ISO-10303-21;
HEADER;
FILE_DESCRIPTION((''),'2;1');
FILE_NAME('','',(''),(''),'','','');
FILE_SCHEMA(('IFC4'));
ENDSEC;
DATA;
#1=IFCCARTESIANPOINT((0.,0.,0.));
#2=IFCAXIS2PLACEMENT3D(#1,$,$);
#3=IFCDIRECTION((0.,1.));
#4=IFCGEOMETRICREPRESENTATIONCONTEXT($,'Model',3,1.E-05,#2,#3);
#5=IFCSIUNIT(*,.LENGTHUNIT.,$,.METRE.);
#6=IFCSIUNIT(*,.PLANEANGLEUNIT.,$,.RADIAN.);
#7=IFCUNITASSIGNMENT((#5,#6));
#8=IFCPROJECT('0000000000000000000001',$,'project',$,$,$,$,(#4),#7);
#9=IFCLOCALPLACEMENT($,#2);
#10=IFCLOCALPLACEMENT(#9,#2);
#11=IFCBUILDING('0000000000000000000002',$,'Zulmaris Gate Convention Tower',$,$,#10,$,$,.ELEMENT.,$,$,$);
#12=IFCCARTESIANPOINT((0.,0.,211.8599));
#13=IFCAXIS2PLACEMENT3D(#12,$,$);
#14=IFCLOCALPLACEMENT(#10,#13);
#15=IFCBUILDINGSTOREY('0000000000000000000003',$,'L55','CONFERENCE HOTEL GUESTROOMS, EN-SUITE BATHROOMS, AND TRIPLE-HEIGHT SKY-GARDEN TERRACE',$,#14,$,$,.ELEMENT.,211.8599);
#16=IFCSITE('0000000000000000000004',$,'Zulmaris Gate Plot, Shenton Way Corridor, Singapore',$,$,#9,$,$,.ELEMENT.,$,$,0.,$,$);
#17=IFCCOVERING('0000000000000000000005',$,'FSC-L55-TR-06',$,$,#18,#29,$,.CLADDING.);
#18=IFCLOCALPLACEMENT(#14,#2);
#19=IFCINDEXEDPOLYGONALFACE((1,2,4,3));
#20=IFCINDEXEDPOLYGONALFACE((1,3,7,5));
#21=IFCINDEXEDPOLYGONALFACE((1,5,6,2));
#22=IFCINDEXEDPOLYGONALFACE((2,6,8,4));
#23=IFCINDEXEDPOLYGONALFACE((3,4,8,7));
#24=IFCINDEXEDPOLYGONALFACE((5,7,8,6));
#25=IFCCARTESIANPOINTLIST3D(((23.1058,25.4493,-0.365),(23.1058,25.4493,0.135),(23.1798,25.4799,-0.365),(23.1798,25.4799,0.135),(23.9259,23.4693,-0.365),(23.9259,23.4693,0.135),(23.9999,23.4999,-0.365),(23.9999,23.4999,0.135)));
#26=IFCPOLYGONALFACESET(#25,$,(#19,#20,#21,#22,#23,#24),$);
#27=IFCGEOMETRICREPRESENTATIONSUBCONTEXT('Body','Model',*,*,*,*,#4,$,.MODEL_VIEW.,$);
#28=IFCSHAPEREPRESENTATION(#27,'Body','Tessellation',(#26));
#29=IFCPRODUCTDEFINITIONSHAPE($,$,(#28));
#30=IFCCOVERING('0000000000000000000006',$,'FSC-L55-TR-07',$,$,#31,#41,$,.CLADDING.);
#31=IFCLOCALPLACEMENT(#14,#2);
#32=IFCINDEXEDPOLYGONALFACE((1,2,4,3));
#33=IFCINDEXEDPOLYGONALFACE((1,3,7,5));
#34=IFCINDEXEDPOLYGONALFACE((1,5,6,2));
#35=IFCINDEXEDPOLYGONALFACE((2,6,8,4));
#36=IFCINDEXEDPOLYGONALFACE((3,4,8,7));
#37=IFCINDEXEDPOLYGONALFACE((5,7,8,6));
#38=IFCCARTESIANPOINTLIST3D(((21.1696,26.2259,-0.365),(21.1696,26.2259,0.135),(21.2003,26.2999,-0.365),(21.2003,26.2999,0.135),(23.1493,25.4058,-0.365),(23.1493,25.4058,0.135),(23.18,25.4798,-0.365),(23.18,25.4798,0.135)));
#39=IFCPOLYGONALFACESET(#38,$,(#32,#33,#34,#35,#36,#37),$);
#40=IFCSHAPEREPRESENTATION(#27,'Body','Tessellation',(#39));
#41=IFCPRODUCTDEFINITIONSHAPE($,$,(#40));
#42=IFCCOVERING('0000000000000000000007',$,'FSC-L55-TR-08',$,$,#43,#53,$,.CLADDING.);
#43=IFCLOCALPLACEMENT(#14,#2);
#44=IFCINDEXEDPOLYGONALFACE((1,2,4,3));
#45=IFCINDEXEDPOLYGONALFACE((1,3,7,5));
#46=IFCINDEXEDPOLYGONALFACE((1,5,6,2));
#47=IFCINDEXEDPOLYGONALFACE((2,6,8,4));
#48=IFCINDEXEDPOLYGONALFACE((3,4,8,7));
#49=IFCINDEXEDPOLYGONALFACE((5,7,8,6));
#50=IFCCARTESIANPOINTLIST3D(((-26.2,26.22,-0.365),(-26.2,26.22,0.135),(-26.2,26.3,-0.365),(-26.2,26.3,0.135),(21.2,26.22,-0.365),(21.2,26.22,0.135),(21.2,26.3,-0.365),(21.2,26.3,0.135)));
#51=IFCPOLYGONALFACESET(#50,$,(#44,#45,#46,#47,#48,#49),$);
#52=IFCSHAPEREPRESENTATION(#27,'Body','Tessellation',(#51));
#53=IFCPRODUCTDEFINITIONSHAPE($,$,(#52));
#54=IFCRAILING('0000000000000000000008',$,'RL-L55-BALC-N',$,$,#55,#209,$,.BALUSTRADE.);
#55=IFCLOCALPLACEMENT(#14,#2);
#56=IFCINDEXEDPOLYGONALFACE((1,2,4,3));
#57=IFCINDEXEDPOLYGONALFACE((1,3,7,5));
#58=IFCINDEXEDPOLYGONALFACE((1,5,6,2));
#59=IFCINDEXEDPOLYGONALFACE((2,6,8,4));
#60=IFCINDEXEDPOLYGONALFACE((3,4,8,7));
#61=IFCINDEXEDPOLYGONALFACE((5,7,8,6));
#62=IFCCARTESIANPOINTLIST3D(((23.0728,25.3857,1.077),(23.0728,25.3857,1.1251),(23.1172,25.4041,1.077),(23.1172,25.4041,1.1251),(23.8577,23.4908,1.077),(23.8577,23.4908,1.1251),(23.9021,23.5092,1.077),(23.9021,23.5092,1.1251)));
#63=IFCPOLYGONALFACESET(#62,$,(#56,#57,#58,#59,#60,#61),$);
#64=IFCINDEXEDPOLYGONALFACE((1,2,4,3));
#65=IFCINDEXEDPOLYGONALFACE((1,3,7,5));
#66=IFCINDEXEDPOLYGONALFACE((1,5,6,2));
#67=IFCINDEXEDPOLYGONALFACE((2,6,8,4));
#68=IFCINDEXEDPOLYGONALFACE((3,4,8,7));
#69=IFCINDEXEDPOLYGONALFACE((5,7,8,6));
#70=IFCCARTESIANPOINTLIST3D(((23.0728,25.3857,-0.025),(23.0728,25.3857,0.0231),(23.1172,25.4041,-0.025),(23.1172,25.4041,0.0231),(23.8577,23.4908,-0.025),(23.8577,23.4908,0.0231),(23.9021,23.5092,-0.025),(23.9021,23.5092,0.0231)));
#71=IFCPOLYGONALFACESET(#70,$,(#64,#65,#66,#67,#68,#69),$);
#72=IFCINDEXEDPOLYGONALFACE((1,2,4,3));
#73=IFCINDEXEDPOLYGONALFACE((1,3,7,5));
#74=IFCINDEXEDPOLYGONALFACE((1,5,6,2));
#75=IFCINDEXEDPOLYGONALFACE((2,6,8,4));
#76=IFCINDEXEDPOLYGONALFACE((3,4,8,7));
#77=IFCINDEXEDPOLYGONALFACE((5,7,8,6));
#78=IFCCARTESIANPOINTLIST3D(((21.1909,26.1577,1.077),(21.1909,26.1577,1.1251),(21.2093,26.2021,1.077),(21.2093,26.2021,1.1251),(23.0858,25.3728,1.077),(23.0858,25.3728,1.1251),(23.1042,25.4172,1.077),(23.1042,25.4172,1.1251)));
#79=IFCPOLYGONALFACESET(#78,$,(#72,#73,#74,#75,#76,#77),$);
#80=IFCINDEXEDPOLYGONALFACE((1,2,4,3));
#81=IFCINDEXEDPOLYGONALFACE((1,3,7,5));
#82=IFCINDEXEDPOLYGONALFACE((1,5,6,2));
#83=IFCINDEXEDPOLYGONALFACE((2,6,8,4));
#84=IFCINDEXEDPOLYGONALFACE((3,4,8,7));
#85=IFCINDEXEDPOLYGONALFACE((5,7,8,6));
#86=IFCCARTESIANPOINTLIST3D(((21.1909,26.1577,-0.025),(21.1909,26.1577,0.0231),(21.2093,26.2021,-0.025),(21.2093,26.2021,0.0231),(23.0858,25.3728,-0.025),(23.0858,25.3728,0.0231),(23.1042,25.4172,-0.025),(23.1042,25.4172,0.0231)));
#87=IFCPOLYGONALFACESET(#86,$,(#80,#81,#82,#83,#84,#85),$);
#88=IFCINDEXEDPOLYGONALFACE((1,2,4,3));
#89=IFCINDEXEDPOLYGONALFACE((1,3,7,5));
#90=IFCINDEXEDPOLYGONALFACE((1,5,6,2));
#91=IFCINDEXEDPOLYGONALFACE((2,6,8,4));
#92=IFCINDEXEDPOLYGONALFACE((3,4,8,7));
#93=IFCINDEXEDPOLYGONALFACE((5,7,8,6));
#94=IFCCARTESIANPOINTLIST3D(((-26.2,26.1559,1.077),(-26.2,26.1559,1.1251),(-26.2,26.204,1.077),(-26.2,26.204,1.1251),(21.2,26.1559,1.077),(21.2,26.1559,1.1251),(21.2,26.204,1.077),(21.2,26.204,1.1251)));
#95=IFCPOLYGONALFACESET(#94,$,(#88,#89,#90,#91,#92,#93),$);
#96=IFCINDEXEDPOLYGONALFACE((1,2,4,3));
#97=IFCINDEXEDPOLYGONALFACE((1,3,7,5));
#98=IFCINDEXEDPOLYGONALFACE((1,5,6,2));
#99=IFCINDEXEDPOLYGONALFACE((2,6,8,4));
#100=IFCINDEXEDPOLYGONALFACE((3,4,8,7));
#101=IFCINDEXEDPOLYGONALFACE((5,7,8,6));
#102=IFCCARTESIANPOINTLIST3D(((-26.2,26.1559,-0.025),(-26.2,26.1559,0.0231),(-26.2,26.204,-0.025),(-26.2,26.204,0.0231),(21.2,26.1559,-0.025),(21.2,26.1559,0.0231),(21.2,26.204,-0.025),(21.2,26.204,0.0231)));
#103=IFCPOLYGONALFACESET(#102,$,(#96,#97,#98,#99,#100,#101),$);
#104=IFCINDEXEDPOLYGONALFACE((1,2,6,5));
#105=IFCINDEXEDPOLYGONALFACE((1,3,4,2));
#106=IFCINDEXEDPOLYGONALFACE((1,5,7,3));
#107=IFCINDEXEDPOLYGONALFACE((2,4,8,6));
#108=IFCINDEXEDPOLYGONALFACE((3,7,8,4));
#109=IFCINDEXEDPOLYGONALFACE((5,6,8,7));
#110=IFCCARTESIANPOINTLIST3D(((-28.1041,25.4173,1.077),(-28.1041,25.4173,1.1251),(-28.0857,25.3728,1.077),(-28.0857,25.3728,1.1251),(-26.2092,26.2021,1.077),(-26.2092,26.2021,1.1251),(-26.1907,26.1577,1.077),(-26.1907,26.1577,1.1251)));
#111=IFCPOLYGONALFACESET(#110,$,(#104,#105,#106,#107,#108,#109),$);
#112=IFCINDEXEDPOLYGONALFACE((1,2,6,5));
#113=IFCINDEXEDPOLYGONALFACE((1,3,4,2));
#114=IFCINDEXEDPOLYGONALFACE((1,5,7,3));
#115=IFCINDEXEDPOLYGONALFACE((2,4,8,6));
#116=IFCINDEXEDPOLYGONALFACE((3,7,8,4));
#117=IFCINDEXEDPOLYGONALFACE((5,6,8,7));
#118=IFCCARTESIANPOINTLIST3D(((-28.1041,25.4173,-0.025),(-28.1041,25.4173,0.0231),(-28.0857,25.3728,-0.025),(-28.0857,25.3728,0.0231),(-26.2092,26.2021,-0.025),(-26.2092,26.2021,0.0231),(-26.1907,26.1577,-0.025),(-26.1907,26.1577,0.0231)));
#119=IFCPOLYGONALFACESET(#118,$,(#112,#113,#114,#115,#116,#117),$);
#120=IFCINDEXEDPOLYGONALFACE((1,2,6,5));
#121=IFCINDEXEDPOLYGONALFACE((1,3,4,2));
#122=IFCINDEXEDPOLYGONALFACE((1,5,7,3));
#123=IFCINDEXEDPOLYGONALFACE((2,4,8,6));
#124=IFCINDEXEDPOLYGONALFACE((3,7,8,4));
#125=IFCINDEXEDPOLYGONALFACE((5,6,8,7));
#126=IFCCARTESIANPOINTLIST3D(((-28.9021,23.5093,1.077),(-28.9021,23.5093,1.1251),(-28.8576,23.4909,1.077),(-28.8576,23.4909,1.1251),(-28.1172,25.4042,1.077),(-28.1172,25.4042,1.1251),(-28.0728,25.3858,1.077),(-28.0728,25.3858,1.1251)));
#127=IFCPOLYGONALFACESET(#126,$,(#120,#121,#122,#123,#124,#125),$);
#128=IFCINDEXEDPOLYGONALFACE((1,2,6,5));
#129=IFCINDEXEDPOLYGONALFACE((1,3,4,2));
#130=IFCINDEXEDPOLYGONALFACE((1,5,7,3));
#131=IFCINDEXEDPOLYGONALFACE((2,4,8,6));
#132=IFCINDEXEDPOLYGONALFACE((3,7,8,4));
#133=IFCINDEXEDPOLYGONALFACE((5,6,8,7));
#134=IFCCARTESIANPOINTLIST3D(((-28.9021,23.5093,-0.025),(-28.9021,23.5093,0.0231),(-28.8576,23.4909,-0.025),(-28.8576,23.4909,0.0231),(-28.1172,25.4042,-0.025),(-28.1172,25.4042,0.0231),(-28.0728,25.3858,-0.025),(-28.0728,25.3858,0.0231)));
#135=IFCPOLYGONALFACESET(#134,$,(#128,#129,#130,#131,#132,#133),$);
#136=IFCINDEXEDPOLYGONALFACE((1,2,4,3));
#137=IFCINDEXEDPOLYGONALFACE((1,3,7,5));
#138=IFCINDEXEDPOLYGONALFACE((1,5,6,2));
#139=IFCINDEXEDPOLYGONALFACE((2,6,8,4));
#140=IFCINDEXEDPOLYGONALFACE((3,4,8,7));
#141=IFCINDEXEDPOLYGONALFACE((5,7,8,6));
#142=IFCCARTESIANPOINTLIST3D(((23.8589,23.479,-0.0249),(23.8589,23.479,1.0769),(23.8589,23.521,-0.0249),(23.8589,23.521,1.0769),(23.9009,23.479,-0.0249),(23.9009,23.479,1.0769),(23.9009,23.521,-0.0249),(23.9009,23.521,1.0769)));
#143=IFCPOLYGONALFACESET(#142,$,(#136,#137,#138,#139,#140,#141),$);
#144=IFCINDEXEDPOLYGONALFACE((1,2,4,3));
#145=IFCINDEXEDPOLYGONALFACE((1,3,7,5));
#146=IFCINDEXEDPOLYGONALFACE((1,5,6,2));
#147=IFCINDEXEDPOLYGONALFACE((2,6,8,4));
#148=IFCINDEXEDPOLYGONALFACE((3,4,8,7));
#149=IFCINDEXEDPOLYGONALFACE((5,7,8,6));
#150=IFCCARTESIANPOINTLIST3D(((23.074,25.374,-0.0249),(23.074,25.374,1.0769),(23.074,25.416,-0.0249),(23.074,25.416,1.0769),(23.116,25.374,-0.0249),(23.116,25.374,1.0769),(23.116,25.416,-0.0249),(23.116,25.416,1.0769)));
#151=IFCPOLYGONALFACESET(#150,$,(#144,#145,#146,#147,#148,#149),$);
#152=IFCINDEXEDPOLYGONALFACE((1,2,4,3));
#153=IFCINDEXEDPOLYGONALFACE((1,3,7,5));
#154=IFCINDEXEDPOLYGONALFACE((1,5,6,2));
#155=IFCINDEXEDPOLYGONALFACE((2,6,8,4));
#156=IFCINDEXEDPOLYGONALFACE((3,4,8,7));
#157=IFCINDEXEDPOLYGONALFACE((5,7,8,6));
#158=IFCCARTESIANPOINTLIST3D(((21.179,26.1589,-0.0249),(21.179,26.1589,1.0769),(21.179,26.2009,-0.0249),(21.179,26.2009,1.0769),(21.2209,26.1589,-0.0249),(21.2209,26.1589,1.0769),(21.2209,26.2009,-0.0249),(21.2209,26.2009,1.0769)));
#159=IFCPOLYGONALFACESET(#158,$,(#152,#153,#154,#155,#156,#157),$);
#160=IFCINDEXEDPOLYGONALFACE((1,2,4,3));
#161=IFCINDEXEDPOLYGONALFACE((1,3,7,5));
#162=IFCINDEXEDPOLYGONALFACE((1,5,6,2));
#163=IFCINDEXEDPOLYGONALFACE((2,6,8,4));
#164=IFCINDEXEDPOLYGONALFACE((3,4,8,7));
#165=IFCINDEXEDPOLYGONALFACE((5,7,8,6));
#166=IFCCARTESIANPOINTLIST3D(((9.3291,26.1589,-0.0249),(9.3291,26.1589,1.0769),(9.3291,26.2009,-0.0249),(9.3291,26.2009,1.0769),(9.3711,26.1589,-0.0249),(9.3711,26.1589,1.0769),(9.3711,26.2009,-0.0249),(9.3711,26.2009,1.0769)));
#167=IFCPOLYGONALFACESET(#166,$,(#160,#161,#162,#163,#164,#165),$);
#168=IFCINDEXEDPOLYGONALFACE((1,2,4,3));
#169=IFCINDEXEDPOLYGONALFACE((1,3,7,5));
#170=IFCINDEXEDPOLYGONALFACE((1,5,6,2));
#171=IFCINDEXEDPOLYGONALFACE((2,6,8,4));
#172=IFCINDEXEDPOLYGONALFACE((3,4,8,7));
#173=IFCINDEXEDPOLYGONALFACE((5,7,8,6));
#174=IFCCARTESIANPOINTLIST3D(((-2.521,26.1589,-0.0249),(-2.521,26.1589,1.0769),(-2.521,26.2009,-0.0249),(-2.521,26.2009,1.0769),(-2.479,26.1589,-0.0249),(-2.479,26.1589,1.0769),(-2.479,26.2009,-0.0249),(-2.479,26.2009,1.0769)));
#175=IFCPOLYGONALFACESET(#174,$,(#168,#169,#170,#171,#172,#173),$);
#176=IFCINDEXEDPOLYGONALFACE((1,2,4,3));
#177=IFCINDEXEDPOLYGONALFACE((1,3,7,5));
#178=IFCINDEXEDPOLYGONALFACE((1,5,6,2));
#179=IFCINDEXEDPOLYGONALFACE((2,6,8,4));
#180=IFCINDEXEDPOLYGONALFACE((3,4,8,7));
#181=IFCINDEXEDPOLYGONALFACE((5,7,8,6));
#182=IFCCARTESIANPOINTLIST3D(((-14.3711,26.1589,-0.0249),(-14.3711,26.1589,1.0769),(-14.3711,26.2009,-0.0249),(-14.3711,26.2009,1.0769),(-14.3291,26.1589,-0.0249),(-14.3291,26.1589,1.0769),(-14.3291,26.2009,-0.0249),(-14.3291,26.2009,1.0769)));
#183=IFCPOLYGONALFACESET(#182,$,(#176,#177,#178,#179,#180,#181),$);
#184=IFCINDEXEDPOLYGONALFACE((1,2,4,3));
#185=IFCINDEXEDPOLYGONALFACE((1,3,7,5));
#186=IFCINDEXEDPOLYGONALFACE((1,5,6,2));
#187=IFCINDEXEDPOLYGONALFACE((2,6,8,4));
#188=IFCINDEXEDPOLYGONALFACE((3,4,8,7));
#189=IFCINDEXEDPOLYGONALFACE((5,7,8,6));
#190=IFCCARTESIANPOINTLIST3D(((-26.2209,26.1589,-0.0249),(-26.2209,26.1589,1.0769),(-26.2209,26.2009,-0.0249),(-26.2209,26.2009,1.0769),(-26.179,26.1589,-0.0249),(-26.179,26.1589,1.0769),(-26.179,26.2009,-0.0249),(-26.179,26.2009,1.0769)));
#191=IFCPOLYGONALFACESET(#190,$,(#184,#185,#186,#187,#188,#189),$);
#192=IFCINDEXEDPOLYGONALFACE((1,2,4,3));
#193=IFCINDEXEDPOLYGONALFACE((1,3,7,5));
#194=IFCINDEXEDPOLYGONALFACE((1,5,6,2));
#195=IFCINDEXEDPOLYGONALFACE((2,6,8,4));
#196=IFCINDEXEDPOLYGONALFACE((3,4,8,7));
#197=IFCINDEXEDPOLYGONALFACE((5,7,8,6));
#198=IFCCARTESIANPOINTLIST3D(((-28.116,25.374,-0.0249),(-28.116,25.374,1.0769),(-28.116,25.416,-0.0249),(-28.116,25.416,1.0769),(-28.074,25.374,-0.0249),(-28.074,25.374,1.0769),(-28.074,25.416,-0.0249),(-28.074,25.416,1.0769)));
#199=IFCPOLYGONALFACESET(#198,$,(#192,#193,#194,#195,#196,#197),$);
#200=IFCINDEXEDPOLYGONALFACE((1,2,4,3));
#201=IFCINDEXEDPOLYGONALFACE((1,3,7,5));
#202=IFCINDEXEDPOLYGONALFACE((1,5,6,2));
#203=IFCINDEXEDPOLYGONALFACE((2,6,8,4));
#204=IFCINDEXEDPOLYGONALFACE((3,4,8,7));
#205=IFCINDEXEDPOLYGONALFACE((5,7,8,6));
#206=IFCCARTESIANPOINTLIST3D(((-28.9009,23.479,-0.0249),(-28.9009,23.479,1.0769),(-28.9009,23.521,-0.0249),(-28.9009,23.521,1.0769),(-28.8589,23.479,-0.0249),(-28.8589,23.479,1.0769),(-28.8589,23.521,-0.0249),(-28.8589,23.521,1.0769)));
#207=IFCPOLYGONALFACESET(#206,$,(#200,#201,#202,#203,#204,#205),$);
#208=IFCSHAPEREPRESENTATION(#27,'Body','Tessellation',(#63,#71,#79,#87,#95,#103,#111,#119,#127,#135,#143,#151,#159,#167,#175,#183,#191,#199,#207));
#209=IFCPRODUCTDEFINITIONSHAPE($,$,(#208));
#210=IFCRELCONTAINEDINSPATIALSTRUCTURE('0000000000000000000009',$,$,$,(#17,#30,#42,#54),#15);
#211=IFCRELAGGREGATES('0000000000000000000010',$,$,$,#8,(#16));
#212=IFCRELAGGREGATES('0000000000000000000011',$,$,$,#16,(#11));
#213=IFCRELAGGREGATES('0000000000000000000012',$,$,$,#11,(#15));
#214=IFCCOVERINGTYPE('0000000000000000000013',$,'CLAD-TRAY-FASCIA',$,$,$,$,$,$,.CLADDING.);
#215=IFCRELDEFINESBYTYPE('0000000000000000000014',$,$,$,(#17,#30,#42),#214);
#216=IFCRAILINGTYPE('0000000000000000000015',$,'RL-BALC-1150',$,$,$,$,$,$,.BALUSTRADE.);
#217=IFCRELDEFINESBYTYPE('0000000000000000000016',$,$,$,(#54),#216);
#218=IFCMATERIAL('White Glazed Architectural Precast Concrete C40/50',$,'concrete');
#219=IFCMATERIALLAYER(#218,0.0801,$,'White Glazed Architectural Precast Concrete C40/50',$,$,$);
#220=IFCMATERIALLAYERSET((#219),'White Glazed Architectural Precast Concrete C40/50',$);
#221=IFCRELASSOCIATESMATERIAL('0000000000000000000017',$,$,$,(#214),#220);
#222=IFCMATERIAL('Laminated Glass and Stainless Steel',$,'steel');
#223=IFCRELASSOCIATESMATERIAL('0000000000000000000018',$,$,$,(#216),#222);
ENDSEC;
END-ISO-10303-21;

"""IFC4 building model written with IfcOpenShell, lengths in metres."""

from ifc_helpers import new_model, si_unit, direction, frame, frame_2d, origin, origin_2d, place, context, subcontext, project, spatial, rectangle, extrude, material, layer, layer_set, type_object, element, save


model = new_model("IFC4")

# Units and contexts
model_context = context("Model", 3, precision=1e-05, world=origin(), true_north=direction((0.0, 1.0)))
body_context = subcontext(model_context, "Body", "Model", "MODEL_VIEW")
ifc_project = project(units=[si_unit("LENGTHUNIT", "METRE"), si_unit("PLANEANGLEUNIT", "RADIAN")], contexts=[model_context])

# Site, building, storey
site_placement = place(None, origin())
site = spatial("IfcSite", under=ifc_project, at=site_placement, Name="Zulmaris Gate Plot, Shenton Way Corridor, Singapore", CompositionType="ELEMENT", RefElevation=0.0)
building_placement = place(site_placement, origin())
building = spatial("IfcBuilding", under=site, at=building_placement, Name="Zulmaris Gate Convention Tower", CompositionType="ELEMENT")
storey_placement = place(building_placement, frame((0.0, 0.0, 211.8599)))
storey = spatial("IfcBuildingStorey", under=building, at=storey_placement, Name="L55", Description="CONFERENCE HOTEL GUESTROOMS, EN-SUITE BATHROOMS, AND TRIPLE-HEIGHT SKY-GARDEN TERRACE", CompositionType="ELEMENT", Elevation=211.8599)

# Coverings
ifc_material_1 = material(Name="White Glazed Architectural Precast Concrete C40/50", Category="concrete")
ifc_layer_1 = layer(ifc_material_1, 0.0801, Name="White Glazed Architectural Precast Concrete C40/50")
ifc_layer_set_1 = layer_set([ifc_layer_1], Name="White Glazed Architectural Precast Concrete C40/50")
covering_type_1 = type_object("IfcCoveringType", Name="CLAD-TRAY-FASCIA", PredefinedType="CLADDING", material=ifc_layer_set_1)
covering_1_placement = place(storey_placement, frame((23.9629, 23.4846, -0.365), z_axis=(0.0, 0.0, 1.0), x_axis=(-0.382657, 0.92389, 0.0)))
element("IfcCovering", 1, at=covering_1_placement, inside=storey, type_object=covering_type_1, Name="FSC-L55-TR-06", PredefinedType="CLADDING", context=body_context, shape_type="SweptSolid", body=[
    extrude(rectangle(XDim=2.1431, YDim=0.0801, at=frame_2d((1.0715, 0.0))), origin(), (0.0, 0.0, 1.0), 0.5),
])
covering_2_placement = place(storey_placement, frame((23.1646, 25.4429, -0.365), z_axis=(0.0, 0.0, 1.0), x_axis=(-0.923874, 0.382697, 0.0)))
element("IfcCovering", 2, at=covering_2_placement, inside=storey, type_object=covering_type_1, Name="FSC-L55-TR-07", PredefinedType="CLADDING", context=body_context, shape_type="SweptSolid", body=[
    extrude(rectangle(XDim=2.1428, YDim=0.0801, at=frame_2d((1.0713, 0.0))), origin(), (0.0, 0.0, 1.0), 0.5),
])
covering_3_placement = place(storey_placement, frame((21.2, 26.26, -0.365), z_axis=(0.0, 0.0, 1.0), x_axis=(-1.0, 0.0, 0.0)))
element("IfcCovering", 3, at=covering_3_placement, inside=storey, type_object=covering_type_1, Name="FSC-L55-TR-08", PredefinedType="CLADDING", context=body_context, shape_type="SweptSolid", body=[
    extrude(rectangle(XDim=47.3999, YDim=0.0801, at=frame_2d((23.7, 0.0))), origin(), (0.0, 0.0, 1.0), 0.5),
])

# Railing
ifc_material_2 = material(Name="Laminated Glass and Stainless Steel", Category="steel")
railing_type = type_object("IfcRailingType", Name="RL-BALC-1150", PredefinedType="BALUSTRADE", material=ifc_material_2)
railing_placement = place(storey_placement, frame((23.8799, 23.5, -0.0249)))
element("IfcRailing", 4, at=railing_placement, inside=storey, type_object=railing_type, Name="RL-L55-BALC-N", PredefinedType="BALUSTRADE", context=body_context, shape_type="SweptSolid", body=[
    extrude(rectangle(XDim=0.0481, YDim=0.0481, at=origin_2d()), frame((0.0, 0.0, 1.126), z_axis=(-0.382671, 0.923885, 0.0), x_axis=(-0.923885, -0.382671, 0.0)), (0.0, 0.0, 1.0), 2.051),
    extrude(rectangle(XDim=0.0481, YDim=0.0481, at=origin_2d()), frame((0.0, 0.0, 0.0239), z_axis=(-0.382671, 0.923885, 0.0), x_axis=(-0.923885, -0.382671, 0.0)), (0.0, 0.0, 1.0), 2.051),
    extrude(rectangle(XDim=0.0481, YDim=0.0481, at=origin_2d()), frame((-0.7849, 1.895, 1.126), z_axis=(-0.923885, 0.382671, 0.0), x_axis=(-0.382671, -0.923885, 0.0)), (0.0, 0.0, 1.0), 2.051),
    extrude(rectangle(XDim=0.0481, YDim=0.0481, at=origin_2d()), frame((-0.7849, 1.895, 0.0239), z_axis=(-0.923885, 0.382671, 0.0), x_axis=(-0.382671, -0.923885, 0.0)), (0.0, 0.0, 1.0), 2.051),
    extrude(rectangle(XDim=0.0481, YDim=0.0481, at=origin_2d()), frame((-2.6799, 2.6799, 1.126), z_axis=(-1.0, 0.0, 0.0), x_axis=(0.0, -1.0, 0.0)), (0.0, 0.0, 1.0), 47.3999),
    extrude(rectangle(XDim=0.0481, YDim=0.0481, at=origin_2d()), frame((-2.6799, 2.6799, 0.0239), z_axis=(-1.0, 0.0, 0.0), x_axis=(0.0, -1.0, 0.0)), (0.0, 0.0, 1.0), 47.3999),
    extrude(rectangle(XDim=0.0481, YDim=0.0481, at=origin_2d()), frame((-50.0798, 2.6799, 1.126), z_axis=(-0.923885, -0.382671, 0.0), x_axis=(0.382671, -0.923885, 0.0)), (0.0, 0.0, 1.0), 2.051),
    extrude(rectangle(XDim=0.0481, YDim=0.0481, at=origin_2d()), frame((-50.0798, 2.6799, 0.0239), z_axis=(-0.923885, -0.382671, 0.0), x_axis=(0.382671, -0.923885, 0.0)), (0.0, 0.0, 1.0), 2.051),
    extrude(rectangle(XDim=0.0481, YDim=0.0481, at=origin_2d()), frame((-51.9749, 1.895, 1.126), z_axis=(-0.382671, -0.923885, 0.0), x_axis=(0.923885, -0.382671, 0.0)), (0.0, 0.0, 1.0), 2.051),
    extrude(rectangle(XDim=0.0481, YDim=0.0481, at=origin_2d()), frame((-51.9749, 1.895, 0.0239), z_axis=(-0.382671, -0.923885, 0.0), x_axis=(0.923885, -0.382671, 0.0)), (0.0, 0.0, 1.0), 2.051),
    extrude(rectangle(XDim=0.042, YDim=0.042, at=origin_2d()), origin(), (0.0, 0.0, 1.0), 1.1018),
    extrude(rectangle(XDim=0.042, YDim=0.042, at=origin_2d()), frame((-0.7849, 1.895, 0.0)), (0.0, 0.0, 1.0), 1.1018),
    extrude(rectangle(XDim=0.042, YDim=0.042, at=origin_2d()), frame((-2.6799, 2.6799, 0.0)), (0.0, 0.0, 1.0), 1.1018),
    extrude(rectangle(XDim=0.042, YDim=0.042, at=origin_2d()), frame((-14.5298, 2.6799, 0.0)), (0.0, 0.0, 1.0), 1.1018),
    extrude(rectangle(XDim=0.042, YDim=0.042, at=origin_2d()), frame((-26.3799, 2.6799, 0.0)), (0.0, 0.0, 1.0), 1.1018),
    extrude(rectangle(XDim=0.042, YDim=0.042, at=origin_2d()), frame((-38.23, 2.6799, 0.0)), (0.0, 0.0, 1.0), 1.1018),
    extrude(rectangle(XDim=0.042, YDim=0.042, at=origin_2d()), frame((-50.0798, 2.6799, 0.0)), (0.0, 0.0, 1.0), 1.1018),
    extrude(rectangle(XDim=0.042, YDim=0.042, at=origin_2d()), frame((-51.9749, 1.895, 0.0)), (0.0, 0.0, 1.0), 1.1018),
    extrude(rectangle(XDim=0.042, YDim=0.042, at=origin_2d()), frame((-52.7598, 0.0, 0.0)), (0.0, 0.0, 1.0), 1.1018),
])

save(model, "model.ifc")
